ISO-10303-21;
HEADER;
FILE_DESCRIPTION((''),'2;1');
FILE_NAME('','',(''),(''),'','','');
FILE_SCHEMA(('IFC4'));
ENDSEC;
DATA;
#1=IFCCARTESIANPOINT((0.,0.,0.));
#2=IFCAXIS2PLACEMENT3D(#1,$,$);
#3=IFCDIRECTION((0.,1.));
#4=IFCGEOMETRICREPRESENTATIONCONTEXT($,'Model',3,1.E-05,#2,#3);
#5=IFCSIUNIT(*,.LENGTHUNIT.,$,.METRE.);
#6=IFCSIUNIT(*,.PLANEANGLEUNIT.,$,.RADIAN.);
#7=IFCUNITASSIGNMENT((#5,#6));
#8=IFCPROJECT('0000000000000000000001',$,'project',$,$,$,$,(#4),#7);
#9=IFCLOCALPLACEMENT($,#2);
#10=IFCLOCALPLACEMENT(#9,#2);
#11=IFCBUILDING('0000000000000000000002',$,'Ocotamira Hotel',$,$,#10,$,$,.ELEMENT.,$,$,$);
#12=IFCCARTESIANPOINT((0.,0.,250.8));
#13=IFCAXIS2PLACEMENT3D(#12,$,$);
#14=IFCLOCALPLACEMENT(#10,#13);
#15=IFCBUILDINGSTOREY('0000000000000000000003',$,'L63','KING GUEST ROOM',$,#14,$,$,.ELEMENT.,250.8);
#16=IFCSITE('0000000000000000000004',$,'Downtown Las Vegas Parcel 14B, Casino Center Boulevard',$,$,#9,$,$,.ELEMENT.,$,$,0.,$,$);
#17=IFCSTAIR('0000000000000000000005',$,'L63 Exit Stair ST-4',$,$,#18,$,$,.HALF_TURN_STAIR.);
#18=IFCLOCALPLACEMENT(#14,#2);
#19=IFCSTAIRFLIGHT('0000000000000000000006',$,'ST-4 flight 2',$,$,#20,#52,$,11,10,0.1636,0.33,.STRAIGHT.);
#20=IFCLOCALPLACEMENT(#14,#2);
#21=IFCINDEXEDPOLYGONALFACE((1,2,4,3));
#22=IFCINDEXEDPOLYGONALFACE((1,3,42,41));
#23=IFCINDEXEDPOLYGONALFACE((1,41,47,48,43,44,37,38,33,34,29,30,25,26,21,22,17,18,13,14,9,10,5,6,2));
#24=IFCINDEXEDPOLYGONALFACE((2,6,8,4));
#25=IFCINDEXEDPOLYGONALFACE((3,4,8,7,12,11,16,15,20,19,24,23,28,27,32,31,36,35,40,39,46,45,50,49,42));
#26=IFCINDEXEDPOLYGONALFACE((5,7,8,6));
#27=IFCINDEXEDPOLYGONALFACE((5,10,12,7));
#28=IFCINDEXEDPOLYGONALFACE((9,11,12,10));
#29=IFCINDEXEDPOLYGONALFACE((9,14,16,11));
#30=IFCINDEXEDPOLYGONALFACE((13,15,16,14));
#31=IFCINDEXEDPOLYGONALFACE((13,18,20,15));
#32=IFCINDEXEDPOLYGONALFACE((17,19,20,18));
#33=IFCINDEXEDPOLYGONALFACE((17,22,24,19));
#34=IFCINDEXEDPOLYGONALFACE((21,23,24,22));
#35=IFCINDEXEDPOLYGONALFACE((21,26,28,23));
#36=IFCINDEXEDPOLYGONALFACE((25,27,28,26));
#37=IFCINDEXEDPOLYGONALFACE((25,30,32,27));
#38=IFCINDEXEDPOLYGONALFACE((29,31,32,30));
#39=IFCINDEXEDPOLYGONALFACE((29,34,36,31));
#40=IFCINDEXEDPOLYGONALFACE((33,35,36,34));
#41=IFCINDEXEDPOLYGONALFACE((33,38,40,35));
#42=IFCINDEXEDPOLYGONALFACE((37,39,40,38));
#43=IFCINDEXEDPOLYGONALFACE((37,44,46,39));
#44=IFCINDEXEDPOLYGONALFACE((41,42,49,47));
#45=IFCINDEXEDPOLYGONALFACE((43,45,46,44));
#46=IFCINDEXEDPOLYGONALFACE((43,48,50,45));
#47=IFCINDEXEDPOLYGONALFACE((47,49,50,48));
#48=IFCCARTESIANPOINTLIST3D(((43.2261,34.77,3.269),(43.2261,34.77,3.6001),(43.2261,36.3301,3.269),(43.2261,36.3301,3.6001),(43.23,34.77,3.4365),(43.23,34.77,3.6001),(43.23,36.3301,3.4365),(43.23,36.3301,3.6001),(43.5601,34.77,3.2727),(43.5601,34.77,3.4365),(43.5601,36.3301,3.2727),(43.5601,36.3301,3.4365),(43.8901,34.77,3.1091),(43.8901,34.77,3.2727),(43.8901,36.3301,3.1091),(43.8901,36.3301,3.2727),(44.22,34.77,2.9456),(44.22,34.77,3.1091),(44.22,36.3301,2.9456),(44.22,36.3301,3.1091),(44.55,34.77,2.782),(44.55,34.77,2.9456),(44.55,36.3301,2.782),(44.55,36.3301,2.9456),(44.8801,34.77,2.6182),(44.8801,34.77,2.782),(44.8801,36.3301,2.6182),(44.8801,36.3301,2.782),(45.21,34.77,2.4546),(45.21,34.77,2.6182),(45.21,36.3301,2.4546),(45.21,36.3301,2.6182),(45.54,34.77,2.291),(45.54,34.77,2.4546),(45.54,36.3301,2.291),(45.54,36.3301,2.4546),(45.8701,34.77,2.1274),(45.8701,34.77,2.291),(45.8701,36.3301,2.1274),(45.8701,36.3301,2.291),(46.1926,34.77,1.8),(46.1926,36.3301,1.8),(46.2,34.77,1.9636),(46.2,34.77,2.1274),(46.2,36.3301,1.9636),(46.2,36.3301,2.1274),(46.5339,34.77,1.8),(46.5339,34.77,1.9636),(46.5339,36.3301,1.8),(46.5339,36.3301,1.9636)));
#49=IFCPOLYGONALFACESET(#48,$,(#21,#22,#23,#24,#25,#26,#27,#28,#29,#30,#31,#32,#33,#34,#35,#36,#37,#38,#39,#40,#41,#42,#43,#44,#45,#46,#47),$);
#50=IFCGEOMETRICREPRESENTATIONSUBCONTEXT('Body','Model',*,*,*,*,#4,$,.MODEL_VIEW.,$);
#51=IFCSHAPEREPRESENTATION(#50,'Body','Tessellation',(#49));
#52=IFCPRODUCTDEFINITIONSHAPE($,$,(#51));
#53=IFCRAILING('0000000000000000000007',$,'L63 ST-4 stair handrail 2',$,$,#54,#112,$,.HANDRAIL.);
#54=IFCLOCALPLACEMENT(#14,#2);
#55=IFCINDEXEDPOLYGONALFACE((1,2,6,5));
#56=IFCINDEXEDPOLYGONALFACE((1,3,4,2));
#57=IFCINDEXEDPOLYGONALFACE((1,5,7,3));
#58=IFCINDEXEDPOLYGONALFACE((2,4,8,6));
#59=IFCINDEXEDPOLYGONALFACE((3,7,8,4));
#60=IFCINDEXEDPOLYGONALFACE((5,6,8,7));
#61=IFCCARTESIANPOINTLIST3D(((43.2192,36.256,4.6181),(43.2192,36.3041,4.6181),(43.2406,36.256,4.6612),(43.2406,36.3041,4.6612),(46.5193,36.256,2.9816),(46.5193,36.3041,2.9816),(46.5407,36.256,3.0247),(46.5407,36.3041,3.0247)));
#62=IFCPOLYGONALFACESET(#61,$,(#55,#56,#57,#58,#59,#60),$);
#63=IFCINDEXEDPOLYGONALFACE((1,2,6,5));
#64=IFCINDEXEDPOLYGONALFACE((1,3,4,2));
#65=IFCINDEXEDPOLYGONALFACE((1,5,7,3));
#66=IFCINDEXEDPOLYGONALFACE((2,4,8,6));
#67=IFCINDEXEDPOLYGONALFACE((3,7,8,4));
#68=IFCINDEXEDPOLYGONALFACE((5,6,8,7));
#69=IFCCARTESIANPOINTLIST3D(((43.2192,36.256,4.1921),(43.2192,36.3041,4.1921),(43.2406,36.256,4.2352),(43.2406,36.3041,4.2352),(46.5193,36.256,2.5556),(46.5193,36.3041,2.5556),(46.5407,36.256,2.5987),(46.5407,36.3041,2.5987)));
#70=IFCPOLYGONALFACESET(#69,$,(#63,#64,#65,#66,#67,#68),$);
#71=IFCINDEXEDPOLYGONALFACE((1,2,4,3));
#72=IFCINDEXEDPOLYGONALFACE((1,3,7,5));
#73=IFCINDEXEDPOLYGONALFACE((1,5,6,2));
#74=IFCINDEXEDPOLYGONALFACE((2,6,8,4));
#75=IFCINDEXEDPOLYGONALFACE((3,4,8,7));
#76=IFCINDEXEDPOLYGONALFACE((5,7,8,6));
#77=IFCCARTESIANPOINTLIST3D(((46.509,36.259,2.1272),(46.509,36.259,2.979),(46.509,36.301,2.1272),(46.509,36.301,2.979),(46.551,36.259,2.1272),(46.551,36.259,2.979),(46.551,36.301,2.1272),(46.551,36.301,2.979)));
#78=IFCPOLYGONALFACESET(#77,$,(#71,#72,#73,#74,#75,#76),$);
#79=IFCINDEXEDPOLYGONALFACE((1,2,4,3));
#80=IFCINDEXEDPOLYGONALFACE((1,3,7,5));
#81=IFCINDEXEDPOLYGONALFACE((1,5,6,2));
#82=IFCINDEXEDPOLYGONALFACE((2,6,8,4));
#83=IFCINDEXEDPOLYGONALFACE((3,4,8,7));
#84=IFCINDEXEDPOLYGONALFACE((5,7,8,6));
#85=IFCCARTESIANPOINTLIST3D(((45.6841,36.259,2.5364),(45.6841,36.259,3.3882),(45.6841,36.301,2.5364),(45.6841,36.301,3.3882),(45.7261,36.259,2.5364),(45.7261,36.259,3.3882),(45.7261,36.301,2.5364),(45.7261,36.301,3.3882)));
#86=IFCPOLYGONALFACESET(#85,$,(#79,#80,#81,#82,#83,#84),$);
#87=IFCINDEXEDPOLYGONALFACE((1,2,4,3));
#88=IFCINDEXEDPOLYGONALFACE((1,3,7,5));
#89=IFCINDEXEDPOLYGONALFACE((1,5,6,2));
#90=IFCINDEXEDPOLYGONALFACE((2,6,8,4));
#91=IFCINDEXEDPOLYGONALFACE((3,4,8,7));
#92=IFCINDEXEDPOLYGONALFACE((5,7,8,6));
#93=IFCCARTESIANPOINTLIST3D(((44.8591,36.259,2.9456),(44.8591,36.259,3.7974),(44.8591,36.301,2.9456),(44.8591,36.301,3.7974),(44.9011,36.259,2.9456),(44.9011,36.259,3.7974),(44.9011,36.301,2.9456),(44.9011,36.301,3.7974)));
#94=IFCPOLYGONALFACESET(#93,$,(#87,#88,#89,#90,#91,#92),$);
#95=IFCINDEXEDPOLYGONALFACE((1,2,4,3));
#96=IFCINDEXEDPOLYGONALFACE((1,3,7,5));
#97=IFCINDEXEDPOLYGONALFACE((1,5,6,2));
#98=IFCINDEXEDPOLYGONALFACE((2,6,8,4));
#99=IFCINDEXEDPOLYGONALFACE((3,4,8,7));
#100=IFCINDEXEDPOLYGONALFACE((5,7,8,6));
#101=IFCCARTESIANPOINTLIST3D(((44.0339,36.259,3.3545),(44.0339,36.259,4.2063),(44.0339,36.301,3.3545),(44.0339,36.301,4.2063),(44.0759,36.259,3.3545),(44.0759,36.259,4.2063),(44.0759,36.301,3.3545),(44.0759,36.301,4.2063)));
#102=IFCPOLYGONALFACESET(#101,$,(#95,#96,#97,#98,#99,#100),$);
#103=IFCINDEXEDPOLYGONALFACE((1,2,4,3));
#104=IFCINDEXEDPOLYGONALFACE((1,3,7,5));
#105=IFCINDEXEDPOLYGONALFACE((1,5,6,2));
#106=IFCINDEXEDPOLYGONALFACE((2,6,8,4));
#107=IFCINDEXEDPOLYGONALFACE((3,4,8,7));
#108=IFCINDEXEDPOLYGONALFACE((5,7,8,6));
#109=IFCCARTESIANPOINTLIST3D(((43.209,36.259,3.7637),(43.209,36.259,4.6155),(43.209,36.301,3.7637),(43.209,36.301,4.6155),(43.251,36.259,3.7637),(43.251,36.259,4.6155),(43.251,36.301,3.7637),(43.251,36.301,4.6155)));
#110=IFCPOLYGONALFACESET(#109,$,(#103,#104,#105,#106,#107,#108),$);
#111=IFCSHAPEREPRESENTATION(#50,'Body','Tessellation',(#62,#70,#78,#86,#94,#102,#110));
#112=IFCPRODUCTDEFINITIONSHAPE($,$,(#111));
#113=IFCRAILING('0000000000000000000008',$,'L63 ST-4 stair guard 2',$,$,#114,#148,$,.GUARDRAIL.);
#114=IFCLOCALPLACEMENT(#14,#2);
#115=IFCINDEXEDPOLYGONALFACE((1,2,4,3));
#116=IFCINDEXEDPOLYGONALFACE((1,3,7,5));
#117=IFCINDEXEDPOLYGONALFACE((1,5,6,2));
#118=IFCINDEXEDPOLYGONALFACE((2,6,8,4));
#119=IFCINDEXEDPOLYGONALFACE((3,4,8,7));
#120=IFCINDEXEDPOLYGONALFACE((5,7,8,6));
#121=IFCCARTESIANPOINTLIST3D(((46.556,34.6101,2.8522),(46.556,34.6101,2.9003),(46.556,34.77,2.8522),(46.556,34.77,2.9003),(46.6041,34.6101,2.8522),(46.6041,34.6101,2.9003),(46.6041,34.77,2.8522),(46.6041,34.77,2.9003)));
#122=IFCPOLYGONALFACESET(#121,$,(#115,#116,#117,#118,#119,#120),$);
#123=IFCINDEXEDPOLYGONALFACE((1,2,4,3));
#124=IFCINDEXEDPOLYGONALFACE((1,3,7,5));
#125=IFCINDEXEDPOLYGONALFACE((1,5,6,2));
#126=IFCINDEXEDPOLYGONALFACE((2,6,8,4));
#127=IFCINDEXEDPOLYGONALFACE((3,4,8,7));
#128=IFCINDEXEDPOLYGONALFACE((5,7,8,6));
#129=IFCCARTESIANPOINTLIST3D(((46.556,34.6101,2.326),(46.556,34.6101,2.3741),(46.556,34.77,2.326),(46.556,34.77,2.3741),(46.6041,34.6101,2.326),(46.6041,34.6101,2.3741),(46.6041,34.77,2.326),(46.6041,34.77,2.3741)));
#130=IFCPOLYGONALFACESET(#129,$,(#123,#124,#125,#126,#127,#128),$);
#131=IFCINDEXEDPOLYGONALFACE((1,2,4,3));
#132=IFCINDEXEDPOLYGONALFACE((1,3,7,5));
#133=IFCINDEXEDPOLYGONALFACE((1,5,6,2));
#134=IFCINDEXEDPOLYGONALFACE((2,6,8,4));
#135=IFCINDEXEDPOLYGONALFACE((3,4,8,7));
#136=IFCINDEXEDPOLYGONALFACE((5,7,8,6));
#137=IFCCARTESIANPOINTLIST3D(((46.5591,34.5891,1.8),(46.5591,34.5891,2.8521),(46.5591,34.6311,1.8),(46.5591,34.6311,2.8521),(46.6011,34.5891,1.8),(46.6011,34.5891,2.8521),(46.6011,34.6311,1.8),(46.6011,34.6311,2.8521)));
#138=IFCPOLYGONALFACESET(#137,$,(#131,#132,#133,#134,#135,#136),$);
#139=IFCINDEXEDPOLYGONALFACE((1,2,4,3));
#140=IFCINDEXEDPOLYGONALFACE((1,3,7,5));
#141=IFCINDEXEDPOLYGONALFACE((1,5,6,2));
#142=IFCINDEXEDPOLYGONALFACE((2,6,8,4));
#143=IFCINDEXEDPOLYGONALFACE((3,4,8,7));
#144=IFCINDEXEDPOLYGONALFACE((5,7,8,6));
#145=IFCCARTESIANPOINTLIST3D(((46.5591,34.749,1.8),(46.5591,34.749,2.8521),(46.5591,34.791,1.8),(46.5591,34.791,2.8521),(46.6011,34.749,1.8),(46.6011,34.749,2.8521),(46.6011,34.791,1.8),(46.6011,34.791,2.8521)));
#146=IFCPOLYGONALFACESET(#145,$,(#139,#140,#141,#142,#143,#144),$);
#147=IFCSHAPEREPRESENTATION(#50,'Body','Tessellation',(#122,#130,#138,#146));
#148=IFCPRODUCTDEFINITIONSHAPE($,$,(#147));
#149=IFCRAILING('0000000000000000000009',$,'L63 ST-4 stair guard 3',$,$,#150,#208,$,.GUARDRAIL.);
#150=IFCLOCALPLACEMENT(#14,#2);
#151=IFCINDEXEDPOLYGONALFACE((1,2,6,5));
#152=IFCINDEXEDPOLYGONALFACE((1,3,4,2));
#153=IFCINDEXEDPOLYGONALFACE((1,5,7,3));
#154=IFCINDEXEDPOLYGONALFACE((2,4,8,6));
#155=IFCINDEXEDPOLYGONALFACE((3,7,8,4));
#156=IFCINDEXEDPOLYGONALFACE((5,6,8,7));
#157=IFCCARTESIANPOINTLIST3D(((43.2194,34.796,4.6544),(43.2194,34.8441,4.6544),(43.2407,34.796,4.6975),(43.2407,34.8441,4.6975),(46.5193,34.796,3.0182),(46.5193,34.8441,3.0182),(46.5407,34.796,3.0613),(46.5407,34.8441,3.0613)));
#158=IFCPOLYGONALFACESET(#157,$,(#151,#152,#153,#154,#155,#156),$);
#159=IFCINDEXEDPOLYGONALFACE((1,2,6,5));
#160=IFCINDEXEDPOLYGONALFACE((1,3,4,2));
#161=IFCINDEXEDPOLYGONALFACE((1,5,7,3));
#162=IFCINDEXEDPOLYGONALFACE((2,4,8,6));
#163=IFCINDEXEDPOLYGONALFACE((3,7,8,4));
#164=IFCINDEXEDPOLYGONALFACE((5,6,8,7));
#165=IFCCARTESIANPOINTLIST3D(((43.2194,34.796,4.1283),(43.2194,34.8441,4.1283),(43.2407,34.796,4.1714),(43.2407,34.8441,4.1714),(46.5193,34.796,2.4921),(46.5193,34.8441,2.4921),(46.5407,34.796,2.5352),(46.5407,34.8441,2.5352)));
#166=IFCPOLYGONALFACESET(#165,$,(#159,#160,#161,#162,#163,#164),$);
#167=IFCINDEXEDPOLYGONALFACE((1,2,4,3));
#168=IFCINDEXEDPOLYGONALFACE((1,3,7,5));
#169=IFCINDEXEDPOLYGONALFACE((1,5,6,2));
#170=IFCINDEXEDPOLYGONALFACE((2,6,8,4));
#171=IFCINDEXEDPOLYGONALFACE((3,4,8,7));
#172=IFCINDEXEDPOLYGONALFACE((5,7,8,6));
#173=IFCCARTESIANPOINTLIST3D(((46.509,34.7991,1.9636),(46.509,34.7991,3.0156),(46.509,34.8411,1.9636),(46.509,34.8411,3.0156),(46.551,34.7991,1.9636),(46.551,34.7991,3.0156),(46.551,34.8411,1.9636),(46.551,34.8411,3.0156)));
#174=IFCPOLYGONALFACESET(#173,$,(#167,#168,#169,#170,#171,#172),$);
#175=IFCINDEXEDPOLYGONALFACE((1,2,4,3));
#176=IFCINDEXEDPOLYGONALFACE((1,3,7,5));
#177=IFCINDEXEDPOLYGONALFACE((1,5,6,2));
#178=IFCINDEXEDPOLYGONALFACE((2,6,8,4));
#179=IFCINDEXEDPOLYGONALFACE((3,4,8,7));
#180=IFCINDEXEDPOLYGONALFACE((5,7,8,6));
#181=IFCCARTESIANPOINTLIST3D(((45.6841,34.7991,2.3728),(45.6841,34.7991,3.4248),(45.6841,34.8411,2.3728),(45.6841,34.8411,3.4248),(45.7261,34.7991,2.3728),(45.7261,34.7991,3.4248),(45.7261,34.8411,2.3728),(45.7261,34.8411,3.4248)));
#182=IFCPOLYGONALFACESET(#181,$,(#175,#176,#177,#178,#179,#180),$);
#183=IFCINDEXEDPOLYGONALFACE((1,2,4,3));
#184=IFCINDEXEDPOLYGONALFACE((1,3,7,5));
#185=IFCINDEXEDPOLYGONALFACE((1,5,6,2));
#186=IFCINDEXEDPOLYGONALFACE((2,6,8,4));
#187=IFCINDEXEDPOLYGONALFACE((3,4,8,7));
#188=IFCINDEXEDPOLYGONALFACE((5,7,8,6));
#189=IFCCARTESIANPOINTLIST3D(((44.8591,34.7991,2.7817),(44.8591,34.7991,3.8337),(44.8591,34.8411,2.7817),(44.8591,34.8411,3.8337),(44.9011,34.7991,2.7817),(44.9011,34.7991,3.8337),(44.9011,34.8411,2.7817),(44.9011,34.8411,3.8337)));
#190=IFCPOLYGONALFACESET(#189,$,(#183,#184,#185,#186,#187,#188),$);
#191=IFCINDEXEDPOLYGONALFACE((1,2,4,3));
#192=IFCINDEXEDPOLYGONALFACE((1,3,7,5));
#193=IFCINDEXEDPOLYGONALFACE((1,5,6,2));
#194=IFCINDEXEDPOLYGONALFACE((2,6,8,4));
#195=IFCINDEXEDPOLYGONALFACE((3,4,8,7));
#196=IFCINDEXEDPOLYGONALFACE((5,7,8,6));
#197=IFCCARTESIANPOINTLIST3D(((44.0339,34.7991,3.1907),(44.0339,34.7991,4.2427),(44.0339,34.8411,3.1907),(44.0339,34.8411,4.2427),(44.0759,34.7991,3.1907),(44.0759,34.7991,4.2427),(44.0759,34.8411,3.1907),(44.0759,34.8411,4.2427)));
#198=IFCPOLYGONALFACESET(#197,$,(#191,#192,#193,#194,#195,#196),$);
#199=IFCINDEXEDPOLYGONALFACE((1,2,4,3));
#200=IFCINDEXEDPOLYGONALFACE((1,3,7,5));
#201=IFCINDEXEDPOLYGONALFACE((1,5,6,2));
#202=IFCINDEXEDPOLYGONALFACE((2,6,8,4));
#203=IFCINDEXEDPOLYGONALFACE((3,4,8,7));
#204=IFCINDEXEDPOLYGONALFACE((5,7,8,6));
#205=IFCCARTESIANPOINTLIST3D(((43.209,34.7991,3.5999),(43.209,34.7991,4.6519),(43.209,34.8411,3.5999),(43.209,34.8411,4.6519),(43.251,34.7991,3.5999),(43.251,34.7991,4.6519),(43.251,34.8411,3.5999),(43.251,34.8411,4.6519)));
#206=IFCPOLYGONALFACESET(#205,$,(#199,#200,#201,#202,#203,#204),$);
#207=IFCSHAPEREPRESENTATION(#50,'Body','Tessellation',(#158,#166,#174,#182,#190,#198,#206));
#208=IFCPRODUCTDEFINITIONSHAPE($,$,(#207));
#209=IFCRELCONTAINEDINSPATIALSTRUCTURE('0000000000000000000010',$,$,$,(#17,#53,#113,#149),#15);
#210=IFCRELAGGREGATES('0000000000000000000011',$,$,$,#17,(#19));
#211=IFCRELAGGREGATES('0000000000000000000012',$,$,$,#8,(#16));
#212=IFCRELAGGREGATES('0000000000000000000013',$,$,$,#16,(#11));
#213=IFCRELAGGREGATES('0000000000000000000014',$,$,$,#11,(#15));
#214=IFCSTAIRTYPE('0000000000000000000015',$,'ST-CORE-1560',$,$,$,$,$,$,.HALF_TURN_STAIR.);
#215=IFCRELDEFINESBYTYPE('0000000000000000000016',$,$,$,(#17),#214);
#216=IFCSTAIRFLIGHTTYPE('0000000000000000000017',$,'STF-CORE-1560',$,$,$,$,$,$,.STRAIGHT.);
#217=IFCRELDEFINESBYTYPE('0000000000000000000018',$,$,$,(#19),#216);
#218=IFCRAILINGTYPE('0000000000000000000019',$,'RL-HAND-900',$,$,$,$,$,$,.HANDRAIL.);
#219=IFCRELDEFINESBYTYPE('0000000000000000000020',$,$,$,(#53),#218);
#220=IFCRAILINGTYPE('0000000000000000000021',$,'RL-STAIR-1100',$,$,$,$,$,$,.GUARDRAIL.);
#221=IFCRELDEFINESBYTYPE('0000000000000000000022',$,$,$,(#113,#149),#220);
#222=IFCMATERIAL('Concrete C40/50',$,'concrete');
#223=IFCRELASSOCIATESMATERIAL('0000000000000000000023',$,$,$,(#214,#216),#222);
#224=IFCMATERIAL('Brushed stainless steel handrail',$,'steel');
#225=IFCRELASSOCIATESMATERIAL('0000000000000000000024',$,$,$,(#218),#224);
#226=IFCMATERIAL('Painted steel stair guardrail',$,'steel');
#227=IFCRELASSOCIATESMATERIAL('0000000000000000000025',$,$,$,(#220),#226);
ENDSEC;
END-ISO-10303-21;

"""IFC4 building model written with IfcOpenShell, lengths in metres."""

from ifc_helpers import new_model, si_unit, direction, frame, origin, origin_2d, place, context, subcontext, project, spatial, polyline, rectangle, outline, extrude, source, transform, mapped, material, type_object, element, aggregate, save


model = new_model("IFC4")

# Units and contexts
model_context = context("Model", 3, precision=1e-05, world=origin(), true_north=direction((0.0, 1.0)))
body_context = subcontext(model_context, "Body", "Model", "MODEL_VIEW")
ifc_project = project(units=[si_unit("LENGTHUNIT", "METRE"), si_unit("PLANEANGLEUNIT", "RADIAN")], contexts=[model_context])

# Site, building, storey
site_placement = place(None, origin())
site = spatial("IfcSite", under=ifc_project, at=site_placement, Name="Downtown Las Vegas Parcel 14B, Casino Center Boulevard", CompositionType="ELEMENT", RefElevation=0.0)
building_placement = place(site_placement, origin())
building = spatial("IfcBuilding", under=site, at=building_placement, Name="Ocotamira Hotel", CompositionType="ELEMENT")
storey_placement = place(building_placement, frame((0.0, 0.0, 250.8)))
storey = spatial("IfcBuildingStorey", under=building, at=storey_placement, Name="L63", Description="KING GUEST ROOM", CompositionType="ELEMENT", Elevation=250.8)

# Stair, stair flight
ifc_material_1 = material(Name="Concrete C40/50", Category="concrete")
stair_type = type_object("IfcStairType", Name="ST-CORE-1560", PredefinedType="HALF_TURN_STAIR", material=ifc_material_1)
stair_placement = place(storey_placement, origin())
stair = element("IfcStair", 1, at=stair_placement, inside=storey, type_object=stair_type, Name="L63 Exit Stair ST-4", PredefinedType="HALF_TURN_STAIR")
stair_flight_type = type_object("IfcStairFlightType", Name="STF-CORE-1560", PredefinedType="STRAIGHT", material=ifc_material_1)
shared_shape_1 = source(origin(), body_context, "Body", "SweptSolid", [
    extrude(outline(polyline([(-0.0039, 0.0), (-0.0039, 0.1636), (0.3301, 0.1636), (0.3301, 0.3274), (0.6599, 0.3274), (0.6599, 0.491), (0.99, 0.491), (0.99, 0.6545), (1.3201, 0.6545), (1.3201, 0.8181), (1.6499, 0.8181), (1.6499, 0.9819), (1.98, 0.9819), (1.98, 1.1455), (2.3101, 1.1455), (2.3101, 1.3091), (2.6399, 1.3091), (2.6399, 1.4727), (2.97, 1.4727), (2.97, 1.6365), (3.3, 1.6365), (3.3, 1.8), (3.304, 1.8), (3.304, 1.469), (0.3374, 0.0), (-0.0039, 0.0)])), frame((0.0, 0.78, 0.0), z_axis=(0.0, -1.0, 0.0), x_axis=(1.0, 0.0, 0.0)), (0.0, 0.0, 1.0), 1.5601),
])
stair_flight_placement = place(storey_placement, frame((46.53, 35.55, 1.8), z_axis=(0.0, 0.0, 1.0), x_axis=(-1.0, 0.0, 0.0)))
stair_flight = element("IfcStairFlight", 2, at=stair_flight_placement, type_object=stair_flight_type, Name="ST-4 flight 2", NumberOfRisers=11, NumberOfTreads=10, PredefinedType="STRAIGHT", RiserHeight=0.1636, TreadLength=0.33, context=body_context, shape_type="MappedRepresentation", body=[
    mapped(shared_shape_1, transform((0.0, 0.0, 0.0), scale=1.0)),
])
aggregate(stair, [stair_flight])

# Railings
ifc_material_2 = material(Name="Brushed stainless steel handrail", Category="steel")
railing_type_1 = type_object("IfcRailingType", Name="RL-HAND-900", PredefinedType="HANDRAIL", material=ifc_material_2)
railing_1_placement = place(storey_placement, frame((46.53, 36.28, 2.1272)))
element("IfcRailing", 3, at=railing_1_placement, inside=storey, type_object=railing_type_1, Name="L63 ST-4 stair handrail 2", PredefinedType="HANDRAIL", context=body_context, shape_type="SweptSolid", body=[
    extrude(rectangle(XDim=0.0481, YDim=0.0481, at=origin_2d()), frame((0.0, 0.0, 0.876), z_axis=(-0.895894, 0.0, 0.444268), x_axis=(0.0, -1.0, 0.0)), (0.0, 0.0, 1.0), 3.6836),
    extrude(rectangle(XDim=0.0481, YDim=0.0481, at=origin_2d()), frame((0.0, 0.0, 0.45), z_axis=(-0.895894, 0.0, 0.444268), x_axis=(0.0, -1.0, 0.0)), (0.0, 0.0, 1.0), 3.6836),
    extrude(rectangle(XDim=0.042, YDim=0.042, at=origin_2d()), origin(), (0.0, 0.0, 1.0), 0.8518),
    extrude(rectangle(XDim=0.042, YDim=0.042, at=origin_2d()), frame((-0.825, 0.0, 0.4092)), (0.0, 0.0, 1.0), 0.8518),
    extrude(rectangle(XDim=0.042, YDim=0.042, at=origin_2d()), frame((-1.6499, 0.0, 0.8184)), (0.0, 0.0, 1.0), 0.8518),
    extrude(rectangle(XDim=0.042, YDim=0.042, at=origin_2d()), frame((-2.4751, 0.0, 1.2273)), (0.0, 0.0, 1.0), 0.8518),
    extrude(rectangle(XDim=0.042, YDim=0.042, at=origin_2d()), frame((-3.3, 0.0, 1.6365)), (0.0, 0.0, 1.0), 0.8518),
])
ifc_material_3 = material(Name="Painted steel stair guardrail", Category="steel")
railing_type_2 = type_object("IfcRailingType", Name="RL-STAIR-1100", PredefinedType="GUARDRAIL", material=ifc_material_3)
railing_2_placement = place(storey_placement, frame((46.5801, 34.6101, 1.8)))
element("IfcRailing", 4, at=railing_2_placement, inside=storey, type_object=railing_type_2, Name="L63 ST-4 stair guard 2", PredefinedType="GUARDRAIL", context=body_context, shape_type="SweptSolid", body=[
    extrude(rectangle(XDim=0.0481, YDim=0.0481, at=origin_2d()), frame((0.0, 0.0, 1.0762), z_axis=(0.0, 1.0, 0.0), x_axis=(-1.0, 0.0, 0.0)), (0.0, 0.0, 1.0), 0.1599),
    extrude(rectangle(XDim=0.0481, YDim=0.0481, at=origin_2d()), frame((0.0, 0.0, 0.55), z_axis=(0.0, 1.0, 0.0), x_axis=(-1.0, 0.0, 0.0)), (0.0, 0.0, 1.0), 0.1599),
    extrude(rectangle(XDim=0.042, YDim=0.042, at=origin_2d()), origin(), (0.0, 0.0, 1.0), 1.052),
    extrude(rectangle(XDim=0.042, YDim=0.042, at=origin_2d()), frame((0.0, 0.1599, 0.0)), (0.0, 0.0, 1.0), 1.052),
])
railing_3_placement = place(storey_placement, frame((46.53, 34.8201, 1.9636)))
element("IfcRailing", 5, at=railing_3_placement, inside=storey, type_object=railing_type_2, Name="L63 ST-4 stair guard 3", PredefinedType="GUARDRAIL", context=body_context, shape_type="SweptSolid", body=[
    extrude(rectangle(XDim=0.0481, YDim=0.0481, at=origin_2d()), frame((0.0, 0.0, 1.0762), z_axis=(-0.89592, 0.0, 0.444215), x_axis=(0.0, -1.0, 0.0)), (0.0, 0.0, 1.0), 3.6833),
    extrude(rectangle(XDim=0.0481, YDim=0.0481, at=origin_2d()), frame((0.0, 0.0, 0.55), z_axis=(-0.89592, 0.0, 0.444215), x_axis=(0.0, -1.0, 0.0)), (0.0, 0.0, 1.0), 3.6833),
    extrude(rectangle(XDim=0.042, YDim=0.042, at=origin_2d()), origin(), (0.0, 0.0, 1.0), 1.052),
    extrude(rectangle(XDim=0.042, YDim=0.042, at=origin_2d()), frame((-0.825, 0.0, 0.4092)), (0.0, 0.0, 1.0), 1.052),
    extrude(rectangle(XDim=0.042, YDim=0.042, at=origin_2d()), frame((-1.6499, 0.0, 0.8181)), (0.0, 0.0, 1.0), 1.052),
    extrude(rectangle(XDim=0.042, YDim=0.042, at=origin_2d()), frame((-2.4751, 0.0, 1.2271)), (0.0, 0.0, 1.0), 1.052),
    extrude(rectangle(XDim=0.042, YDim=0.042, at=origin_2d()), frame((-3.3, 0.0, 1.6362)), (0.0, 0.0, 1.0), 1.052),
])

save(model, "model.ifc")
